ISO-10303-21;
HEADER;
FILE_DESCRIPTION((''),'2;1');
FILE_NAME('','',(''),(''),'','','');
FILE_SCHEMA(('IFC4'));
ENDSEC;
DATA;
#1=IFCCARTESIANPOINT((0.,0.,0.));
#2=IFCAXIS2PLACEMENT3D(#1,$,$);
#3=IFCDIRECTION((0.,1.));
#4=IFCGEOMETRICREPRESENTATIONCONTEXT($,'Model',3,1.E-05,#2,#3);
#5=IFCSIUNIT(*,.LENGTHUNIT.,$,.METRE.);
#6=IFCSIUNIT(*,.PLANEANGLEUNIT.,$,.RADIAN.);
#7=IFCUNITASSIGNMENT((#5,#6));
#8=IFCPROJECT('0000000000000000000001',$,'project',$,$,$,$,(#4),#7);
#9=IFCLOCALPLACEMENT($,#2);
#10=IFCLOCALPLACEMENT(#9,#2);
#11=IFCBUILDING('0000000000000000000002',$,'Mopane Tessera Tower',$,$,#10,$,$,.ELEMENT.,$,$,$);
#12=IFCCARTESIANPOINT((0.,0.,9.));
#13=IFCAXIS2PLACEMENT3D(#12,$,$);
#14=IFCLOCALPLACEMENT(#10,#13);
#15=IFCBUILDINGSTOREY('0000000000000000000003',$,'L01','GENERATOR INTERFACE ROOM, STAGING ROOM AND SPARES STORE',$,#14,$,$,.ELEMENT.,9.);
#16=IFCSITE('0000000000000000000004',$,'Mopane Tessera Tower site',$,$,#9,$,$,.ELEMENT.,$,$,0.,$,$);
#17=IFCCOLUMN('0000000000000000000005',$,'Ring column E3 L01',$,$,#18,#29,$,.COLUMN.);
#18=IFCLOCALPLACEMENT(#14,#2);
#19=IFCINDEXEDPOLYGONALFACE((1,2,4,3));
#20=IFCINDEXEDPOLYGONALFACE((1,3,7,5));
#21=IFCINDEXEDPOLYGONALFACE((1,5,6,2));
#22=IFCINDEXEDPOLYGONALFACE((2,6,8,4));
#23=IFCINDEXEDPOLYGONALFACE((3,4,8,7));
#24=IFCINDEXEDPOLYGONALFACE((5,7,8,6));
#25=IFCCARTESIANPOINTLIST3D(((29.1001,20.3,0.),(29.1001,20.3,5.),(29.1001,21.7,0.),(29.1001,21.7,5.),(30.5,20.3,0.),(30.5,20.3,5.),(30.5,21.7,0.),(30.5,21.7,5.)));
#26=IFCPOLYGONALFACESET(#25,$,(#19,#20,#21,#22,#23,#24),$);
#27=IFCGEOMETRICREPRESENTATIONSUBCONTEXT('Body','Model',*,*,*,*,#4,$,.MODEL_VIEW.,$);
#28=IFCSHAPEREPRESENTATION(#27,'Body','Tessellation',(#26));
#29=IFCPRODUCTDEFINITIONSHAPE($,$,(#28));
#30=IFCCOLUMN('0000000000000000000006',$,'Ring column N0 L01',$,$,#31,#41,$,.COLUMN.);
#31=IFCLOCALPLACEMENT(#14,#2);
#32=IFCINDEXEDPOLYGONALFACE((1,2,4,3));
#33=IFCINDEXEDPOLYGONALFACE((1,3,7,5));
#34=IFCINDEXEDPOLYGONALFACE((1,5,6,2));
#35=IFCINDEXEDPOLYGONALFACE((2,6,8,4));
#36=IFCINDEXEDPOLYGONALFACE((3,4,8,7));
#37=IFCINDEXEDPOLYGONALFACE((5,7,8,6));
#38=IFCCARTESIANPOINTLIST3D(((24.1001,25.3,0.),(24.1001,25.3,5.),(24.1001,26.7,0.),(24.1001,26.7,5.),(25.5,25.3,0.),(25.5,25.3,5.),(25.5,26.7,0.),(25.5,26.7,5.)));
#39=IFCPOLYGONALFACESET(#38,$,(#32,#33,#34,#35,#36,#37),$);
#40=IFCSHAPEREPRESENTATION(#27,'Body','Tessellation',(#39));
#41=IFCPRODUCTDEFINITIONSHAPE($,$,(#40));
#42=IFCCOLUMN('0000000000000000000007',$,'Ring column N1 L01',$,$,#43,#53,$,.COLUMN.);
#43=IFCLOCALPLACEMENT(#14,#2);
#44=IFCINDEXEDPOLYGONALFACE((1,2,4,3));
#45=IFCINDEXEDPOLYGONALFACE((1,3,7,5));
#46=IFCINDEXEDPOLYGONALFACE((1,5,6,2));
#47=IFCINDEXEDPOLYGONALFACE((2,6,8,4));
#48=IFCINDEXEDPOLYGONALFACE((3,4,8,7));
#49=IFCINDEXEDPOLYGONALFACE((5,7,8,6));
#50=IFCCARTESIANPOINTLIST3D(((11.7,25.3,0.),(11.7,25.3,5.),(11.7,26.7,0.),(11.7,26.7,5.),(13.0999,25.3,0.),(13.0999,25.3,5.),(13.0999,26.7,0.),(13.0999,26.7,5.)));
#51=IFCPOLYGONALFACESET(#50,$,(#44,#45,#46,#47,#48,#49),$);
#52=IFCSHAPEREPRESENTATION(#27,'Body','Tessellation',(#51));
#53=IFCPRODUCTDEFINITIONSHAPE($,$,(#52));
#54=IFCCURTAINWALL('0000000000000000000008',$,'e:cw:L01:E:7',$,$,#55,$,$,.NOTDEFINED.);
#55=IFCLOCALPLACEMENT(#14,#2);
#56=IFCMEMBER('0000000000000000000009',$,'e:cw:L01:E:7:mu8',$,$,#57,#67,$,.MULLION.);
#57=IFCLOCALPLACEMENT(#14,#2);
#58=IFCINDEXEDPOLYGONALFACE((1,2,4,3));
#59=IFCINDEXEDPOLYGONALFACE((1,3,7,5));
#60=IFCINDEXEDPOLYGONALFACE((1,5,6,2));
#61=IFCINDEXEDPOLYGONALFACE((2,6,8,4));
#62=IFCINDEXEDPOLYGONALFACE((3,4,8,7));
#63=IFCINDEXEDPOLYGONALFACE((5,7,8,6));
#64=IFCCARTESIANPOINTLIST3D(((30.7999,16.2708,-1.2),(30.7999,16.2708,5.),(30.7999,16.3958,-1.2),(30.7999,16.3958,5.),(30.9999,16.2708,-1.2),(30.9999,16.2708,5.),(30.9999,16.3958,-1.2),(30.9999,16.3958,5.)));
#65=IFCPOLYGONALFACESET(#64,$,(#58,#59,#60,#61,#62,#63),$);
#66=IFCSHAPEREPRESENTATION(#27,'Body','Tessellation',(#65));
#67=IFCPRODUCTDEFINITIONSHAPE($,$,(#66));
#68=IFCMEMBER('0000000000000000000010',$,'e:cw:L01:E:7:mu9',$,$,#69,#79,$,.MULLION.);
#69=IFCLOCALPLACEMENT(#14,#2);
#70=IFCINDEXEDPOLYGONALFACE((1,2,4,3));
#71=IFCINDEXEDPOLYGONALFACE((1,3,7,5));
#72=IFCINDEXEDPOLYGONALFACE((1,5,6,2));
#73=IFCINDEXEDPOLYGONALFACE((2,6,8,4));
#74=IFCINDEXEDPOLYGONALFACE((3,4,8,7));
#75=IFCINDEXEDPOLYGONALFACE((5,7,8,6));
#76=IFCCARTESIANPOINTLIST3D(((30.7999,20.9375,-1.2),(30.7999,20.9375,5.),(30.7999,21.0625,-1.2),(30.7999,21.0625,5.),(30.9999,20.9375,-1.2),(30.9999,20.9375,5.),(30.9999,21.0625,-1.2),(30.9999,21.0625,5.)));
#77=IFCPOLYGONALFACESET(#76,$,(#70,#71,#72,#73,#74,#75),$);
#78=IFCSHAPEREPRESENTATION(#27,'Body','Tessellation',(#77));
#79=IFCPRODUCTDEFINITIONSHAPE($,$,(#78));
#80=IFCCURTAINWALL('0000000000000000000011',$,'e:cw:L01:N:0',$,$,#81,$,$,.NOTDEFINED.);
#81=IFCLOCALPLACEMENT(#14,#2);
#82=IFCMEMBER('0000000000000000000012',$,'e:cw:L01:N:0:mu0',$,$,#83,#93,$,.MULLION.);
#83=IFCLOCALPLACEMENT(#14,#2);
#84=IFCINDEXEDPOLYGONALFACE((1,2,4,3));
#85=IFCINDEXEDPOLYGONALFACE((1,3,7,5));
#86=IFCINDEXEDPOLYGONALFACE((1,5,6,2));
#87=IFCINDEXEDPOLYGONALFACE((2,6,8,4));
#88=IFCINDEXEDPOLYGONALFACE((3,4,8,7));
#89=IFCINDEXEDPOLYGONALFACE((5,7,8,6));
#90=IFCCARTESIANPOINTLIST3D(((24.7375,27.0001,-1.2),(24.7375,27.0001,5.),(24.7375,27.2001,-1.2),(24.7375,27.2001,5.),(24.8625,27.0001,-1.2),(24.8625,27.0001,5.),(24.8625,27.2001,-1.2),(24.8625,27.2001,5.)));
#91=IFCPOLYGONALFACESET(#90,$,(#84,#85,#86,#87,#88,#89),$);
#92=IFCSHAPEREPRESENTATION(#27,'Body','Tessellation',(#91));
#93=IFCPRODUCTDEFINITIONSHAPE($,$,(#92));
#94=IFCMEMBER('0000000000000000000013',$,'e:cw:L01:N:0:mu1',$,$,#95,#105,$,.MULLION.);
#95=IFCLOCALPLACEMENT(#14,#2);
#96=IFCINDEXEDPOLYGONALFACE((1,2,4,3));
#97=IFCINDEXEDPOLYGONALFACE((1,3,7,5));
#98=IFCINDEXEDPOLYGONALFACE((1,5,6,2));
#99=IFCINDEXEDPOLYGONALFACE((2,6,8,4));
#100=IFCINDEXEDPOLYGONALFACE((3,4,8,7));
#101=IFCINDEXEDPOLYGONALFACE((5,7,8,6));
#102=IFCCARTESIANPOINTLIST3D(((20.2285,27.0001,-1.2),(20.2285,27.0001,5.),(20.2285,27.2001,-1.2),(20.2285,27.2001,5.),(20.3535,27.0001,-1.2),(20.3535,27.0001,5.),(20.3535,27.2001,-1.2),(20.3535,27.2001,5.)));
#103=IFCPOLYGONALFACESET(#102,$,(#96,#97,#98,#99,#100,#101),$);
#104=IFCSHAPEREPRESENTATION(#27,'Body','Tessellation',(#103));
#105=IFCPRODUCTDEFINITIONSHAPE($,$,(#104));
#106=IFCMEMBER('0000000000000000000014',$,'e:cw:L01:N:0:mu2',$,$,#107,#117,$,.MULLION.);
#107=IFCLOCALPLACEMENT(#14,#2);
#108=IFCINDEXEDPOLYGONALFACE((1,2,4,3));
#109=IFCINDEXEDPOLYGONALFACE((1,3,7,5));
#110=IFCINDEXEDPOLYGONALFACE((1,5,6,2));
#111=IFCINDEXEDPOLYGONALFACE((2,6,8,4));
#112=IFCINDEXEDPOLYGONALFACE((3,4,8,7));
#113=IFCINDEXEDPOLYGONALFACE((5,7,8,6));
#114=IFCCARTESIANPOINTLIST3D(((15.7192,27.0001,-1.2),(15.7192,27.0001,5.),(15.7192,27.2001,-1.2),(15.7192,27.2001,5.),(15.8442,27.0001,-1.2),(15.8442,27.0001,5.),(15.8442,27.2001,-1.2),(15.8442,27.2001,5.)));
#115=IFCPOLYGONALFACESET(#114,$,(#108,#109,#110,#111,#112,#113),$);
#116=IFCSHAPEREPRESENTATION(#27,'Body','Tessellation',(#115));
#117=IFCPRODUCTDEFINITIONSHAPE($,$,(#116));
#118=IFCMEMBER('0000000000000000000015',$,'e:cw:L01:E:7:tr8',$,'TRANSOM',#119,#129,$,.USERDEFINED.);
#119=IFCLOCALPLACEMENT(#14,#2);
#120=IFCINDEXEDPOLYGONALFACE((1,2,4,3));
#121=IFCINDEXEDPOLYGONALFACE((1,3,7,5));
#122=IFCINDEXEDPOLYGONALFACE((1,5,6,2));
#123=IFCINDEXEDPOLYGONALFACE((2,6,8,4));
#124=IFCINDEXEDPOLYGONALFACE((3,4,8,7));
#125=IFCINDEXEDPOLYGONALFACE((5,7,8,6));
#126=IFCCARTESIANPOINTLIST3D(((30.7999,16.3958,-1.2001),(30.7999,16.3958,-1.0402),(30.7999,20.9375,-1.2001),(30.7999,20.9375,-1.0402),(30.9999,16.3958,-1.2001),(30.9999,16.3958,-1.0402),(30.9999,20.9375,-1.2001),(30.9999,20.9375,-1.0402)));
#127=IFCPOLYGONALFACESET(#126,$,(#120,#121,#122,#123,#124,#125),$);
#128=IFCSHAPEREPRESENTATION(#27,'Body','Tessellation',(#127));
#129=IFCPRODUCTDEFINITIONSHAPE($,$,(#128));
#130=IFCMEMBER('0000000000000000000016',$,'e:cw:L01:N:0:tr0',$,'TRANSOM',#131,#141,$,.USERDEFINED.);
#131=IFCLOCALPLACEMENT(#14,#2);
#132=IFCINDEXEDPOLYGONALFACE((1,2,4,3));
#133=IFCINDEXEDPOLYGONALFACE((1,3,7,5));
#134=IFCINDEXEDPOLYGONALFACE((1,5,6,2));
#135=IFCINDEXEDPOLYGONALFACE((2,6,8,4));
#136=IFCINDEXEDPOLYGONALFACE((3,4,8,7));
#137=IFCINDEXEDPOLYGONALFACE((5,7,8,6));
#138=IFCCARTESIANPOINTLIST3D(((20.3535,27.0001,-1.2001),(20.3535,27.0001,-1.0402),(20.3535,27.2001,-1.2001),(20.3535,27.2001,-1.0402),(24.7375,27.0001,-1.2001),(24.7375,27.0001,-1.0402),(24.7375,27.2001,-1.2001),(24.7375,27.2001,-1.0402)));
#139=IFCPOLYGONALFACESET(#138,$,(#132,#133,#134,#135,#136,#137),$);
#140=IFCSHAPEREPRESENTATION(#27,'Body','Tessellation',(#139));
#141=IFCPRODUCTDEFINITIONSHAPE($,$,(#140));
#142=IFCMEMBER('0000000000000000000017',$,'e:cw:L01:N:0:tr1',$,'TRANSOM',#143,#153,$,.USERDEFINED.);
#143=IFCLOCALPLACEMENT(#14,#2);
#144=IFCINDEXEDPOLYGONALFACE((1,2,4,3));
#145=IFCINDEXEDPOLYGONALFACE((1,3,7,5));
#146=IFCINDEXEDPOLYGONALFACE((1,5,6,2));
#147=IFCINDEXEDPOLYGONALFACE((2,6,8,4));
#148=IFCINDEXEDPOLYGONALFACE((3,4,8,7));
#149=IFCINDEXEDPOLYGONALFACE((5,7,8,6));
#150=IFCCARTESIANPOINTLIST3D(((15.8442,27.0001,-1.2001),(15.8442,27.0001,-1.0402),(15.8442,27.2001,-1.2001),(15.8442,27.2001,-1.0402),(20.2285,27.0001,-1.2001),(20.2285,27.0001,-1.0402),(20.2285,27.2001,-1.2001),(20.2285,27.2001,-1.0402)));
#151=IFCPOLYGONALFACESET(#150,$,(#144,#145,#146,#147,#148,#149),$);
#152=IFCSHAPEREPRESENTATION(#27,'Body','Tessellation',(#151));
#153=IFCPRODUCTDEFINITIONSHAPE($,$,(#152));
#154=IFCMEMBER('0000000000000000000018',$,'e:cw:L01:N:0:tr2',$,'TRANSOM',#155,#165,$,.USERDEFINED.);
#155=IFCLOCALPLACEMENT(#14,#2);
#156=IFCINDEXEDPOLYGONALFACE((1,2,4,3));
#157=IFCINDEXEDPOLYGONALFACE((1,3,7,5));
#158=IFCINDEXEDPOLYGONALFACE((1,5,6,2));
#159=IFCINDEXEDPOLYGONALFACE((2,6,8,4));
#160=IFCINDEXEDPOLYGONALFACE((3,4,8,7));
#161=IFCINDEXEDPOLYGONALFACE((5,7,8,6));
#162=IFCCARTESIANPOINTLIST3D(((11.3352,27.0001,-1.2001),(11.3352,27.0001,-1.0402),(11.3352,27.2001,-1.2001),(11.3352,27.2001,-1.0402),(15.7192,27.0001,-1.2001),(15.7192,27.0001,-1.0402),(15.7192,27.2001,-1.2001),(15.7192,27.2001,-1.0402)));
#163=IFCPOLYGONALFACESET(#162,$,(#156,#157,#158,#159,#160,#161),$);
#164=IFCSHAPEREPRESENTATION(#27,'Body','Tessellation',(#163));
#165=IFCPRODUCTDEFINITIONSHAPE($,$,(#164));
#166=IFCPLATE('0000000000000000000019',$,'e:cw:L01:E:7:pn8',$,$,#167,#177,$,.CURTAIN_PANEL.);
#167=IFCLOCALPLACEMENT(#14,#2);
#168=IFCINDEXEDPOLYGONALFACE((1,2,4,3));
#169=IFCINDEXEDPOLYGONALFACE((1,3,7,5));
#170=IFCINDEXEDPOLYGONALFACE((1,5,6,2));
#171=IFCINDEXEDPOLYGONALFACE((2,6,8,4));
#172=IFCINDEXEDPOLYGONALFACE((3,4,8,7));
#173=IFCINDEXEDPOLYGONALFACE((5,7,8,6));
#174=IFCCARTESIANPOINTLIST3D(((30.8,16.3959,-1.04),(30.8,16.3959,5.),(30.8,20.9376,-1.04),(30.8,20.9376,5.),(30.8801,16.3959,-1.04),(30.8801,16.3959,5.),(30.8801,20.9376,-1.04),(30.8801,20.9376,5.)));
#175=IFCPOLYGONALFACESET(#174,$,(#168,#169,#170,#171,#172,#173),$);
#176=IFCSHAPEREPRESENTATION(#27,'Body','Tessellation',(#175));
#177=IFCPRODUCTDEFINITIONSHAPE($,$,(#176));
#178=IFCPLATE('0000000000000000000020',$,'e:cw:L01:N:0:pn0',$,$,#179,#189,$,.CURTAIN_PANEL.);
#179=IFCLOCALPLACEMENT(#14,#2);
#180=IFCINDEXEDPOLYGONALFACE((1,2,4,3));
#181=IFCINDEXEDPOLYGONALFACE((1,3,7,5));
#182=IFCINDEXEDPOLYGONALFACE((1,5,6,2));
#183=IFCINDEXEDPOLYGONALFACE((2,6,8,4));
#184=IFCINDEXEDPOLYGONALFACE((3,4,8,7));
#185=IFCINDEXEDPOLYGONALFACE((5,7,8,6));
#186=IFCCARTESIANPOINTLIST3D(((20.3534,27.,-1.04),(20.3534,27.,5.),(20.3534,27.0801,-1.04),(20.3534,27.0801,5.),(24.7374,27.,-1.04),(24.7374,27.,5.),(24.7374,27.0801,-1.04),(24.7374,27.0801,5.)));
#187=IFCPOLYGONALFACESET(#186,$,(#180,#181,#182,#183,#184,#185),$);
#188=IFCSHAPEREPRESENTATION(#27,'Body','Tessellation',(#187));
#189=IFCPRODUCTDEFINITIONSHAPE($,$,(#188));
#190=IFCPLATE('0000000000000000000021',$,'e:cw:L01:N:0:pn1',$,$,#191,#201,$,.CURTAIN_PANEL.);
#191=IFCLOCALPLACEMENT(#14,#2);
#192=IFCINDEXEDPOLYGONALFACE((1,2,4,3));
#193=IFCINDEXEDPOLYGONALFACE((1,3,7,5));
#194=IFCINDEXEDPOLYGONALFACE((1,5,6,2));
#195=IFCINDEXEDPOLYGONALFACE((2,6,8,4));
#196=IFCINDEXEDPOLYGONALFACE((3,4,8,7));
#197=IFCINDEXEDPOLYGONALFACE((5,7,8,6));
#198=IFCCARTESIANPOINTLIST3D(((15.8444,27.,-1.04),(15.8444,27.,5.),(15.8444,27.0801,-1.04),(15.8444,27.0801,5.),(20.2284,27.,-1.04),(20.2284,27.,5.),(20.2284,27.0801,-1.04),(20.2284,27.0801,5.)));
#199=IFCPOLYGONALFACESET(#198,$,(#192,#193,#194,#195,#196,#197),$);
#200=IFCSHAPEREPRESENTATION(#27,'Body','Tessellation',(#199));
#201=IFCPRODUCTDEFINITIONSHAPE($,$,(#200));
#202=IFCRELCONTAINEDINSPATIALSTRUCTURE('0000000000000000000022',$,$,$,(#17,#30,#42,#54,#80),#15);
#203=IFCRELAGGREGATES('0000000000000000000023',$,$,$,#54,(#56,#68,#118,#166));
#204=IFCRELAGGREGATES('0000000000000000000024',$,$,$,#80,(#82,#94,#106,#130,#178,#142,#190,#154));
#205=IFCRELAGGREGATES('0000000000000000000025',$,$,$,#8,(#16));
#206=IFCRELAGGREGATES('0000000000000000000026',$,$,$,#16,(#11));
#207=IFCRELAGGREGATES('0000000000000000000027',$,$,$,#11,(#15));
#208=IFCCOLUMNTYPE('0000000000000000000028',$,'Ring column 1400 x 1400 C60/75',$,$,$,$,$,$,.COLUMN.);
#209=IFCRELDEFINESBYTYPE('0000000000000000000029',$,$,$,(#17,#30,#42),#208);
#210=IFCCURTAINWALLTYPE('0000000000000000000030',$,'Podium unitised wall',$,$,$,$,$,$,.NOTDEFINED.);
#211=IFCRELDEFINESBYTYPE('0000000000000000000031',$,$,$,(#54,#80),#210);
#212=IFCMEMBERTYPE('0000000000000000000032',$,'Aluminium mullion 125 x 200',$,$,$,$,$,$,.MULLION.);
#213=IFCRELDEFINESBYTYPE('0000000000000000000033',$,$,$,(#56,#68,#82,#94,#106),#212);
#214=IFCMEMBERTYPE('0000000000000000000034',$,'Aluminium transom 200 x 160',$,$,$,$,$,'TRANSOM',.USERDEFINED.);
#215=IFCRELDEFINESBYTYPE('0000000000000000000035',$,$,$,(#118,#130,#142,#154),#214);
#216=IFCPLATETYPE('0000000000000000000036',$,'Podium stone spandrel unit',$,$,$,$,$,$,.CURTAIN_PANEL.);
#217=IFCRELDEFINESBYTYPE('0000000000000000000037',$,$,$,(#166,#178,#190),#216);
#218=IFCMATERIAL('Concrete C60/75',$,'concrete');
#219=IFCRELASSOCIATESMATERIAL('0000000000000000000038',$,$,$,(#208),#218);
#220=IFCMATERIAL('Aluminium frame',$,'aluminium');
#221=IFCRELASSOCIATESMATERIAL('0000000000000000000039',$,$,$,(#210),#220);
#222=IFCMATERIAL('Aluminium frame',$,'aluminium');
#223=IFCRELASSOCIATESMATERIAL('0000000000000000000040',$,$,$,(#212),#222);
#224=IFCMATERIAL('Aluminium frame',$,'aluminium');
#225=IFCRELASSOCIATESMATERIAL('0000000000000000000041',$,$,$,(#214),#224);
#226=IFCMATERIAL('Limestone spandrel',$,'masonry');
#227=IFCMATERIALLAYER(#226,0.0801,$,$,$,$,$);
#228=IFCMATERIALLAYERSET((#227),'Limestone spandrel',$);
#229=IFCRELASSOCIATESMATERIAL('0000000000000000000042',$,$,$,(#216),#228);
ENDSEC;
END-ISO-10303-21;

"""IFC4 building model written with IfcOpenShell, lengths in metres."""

from ifc_helpers import new_model, si_unit, direction, frame, origin, origin_2d, place, context, subcontext, project, spatial, rectangle, extrude, material, layer, layer_set, material_profile, profile_set, type_object, element, aggregate, save


model = new_model("IFC4")

# Units and contexts
model_context = context("Model", 3, precision=1e-05, world=origin(), true_north=direction((0.0, 1.0)))
body_context = subcontext(model_context, "Body", "Model", "MODEL_VIEW")
ifc_project = project(units=[si_unit("LENGTHUNIT", "METRE"), si_unit("PLANEANGLEUNIT", "RADIAN")], contexts=[model_context])

# Site, building, storey
site_placement = place(None, origin())
site = spatial("IfcSite", under=ifc_project, at=site_placement, Name="Mopane Tessera Tower site", CompositionType="ELEMENT", RefElevation=0.0)
building_placement = place(site_placement, origin())
building = spatial("IfcBuilding", under=site, at=building_placement, Name="Mopane Tessera Tower", CompositionType="ELEMENT")
storey_placement = place(building_placement, frame((0.0, 0.0, 9.0)))
storey = spatial("IfcBuildingStorey", under=building, at=storey_placement, Name="L01", Description="GENERATOR INTERFACE ROOM, STAGING ROOM AND SPARES STORE", CompositionType="ELEMENT", Elevation=9.0)

# Columns
ifc_material_1 = material(Name="Concrete C60/75", Category="concrete")
ifc_material_profile_1 = material_profile(ifc_material_1, rectangle(XDim=1.3999, YDim=1.3999, at=origin_2d()))
ifc_profile_set_1 = profile_set([ifc_material_profile_1], Name="Concrete C60/75")
column_type = type_object("IfcColumnType", Name="Ring column 1400 x 1400 C60/75", PredefinedType="COLUMN", material=ifc_profile_set_1)
for number, where, z_axis, x_axis, name in (
    (1, (29.8, 21.0, 0.0), (0.0, 0.0, 1.0), (1.0, 0.0, 0.0), "Ring column E3 L01"),
    (2, (24.8, 26.0, 0.0), (0.0, 0.0, 1.0), (1.0, 0.0, 0.0), "Ring column N0 L01"),
    (3, (12.3999, 26.0, 0.0), (0.0, 0.0, 1.0), (1.0, 0.0, 0.0), "Ring column N1 L01"),
):
    element("IfcColumn", number, at=place(storey_placement, frame(where, z_axis=z_axis, x_axis=x_axis)), inside=storey, type_object=column_type, Name=name, PredefinedType="COLUMN", context=body_context, shape_type="SweptSolid", body=[
        extrude(rectangle(XDim=1.3999, YDim=1.3999, at=origin_2d()), origin(), (0.0, 0.0, 1.0), 5.0),
    ])

# Curtain walls, members
ifc_material_2 = material(Name="Aluminium frame", Category="aluminium")
curtain_wall_type = type_object("IfcCurtainWallType", Name="Podium unitised wall", PredefinedType="NOTDEFINED", material=ifc_material_2)
curtain_wall_1_placement = place(storey_placement, origin())
curtain_wall_1 = element("IfcCurtainWall", 4, at=curtain_wall_1_placement, inside=storey, type_object=curtain_wall_type, Name="e:cw:L01:E:7", PredefinedType="NOTDEFINED")
ifc_material_3 = material(Name="Aluminium frame", Category="aluminium")
ifc_material_profile_2 = material_profile(ifc_material_3, rectangle(XDim=0.125, YDim=0.2, at=origin_2d()))
ifc_profile_set_2 = profile_set([ifc_material_profile_2], Name="Aluminium frame")
member_type_1 = type_object("IfcMemberType", Name="Aluminium mullion 125 x 200", PredefinedType="MULLION", material=ifc_profile_set_2)
member_1_placement = place(storey_placement, frame((30.8999, 16.3333, -1.2), z_axis=(0.0, 0.0, 1.0), x_axis=(0.0, 1.0, 0.0)))
member_1 = element("IfcMember", 5, at=member_1_placement, type_object=member_type_1, Name="e:cw:L01:E:7:mu8", PredefinedType="MULLION", context=body_context, shape_type="SweptSolid", body=[
    extrude(rectangle(XDim=0.125, YDim=0.2, at=origin_2d()), origin(), (0.0, 0.0, 1.0), 6.2),
])
member_2_placement = place(storey_placement, frame((30.8999, 21.0, -1.2), z_axis=(0.0, 0.0, 1.0), x_axis=(0.0, 1.0, 0.0)))
member_2 = element("IfcMember", 6, at=member_2_placement, type_object=member_type_1, Name="e:cw:L01:E:7:mu9", PredefinedType="MULLION", context=body_context, shape_type="SweptSolid", body=[
    extrude(rectangle(XDim=0.125, YDim=0.2, at=origin_2d()), origin(), (0.0, 0.0, 1.0), 6.2),
])
curtain_wall_2_placement = place(storey_placement, origin())
curtain_wall_2 = element("IfcCurtainWall", 7, at=curtain_wall_2_placement, inside=storey, type_object=curtain_wall_type, Name="e:cw:L01:N:0", PredefinedType="NOTDEFINED")
member_3_placement = place(storey_placement, frame((24.8, 27.1001, -1.2), z_axis=(0.0, 0.0, 1.0), x_axis=(-1.0, 0.0, 0.0)))
member_3 = element("IfcMember", 8, at=member_3_placement, type_object=member_type_1, Name="e:cw:L01:N:0:mu0", PredefinedType="MULLION", context=body_context, shape_type="SweptSolid", body=[
    extrude(rectangle(XDim=0.125, YDim=0.2, at=origin_2d()), origin(), (0.0, 0.0, 1.0), 6.2),
])
member_4_placement = place(storey_placement, frame((20.291, 27.1001, -1.2), z_axis=(0.0, 0.0, 1.0), x_axis=(-1.0, 0.0, 0.0)))
member_4 = element("IfcMember", 9, at=member_4_placement, type_object=member_type_1, Name="e:cw:L01:N:0:mu1", PredefinedType="MULLION", context=body_context, shape_type="SweptSolid", body=[
    extrude(rectangle(XDim=0.125, YDim=0.2, at=origin_2d()), origin(), (0.0, 0.0, 1.0), 6.2),
])
member_5_placement = place(storey_placement, frame((15.7817, 27.1001, -1.2), z_axis=(0.0, 0.0, 1.0), x_axis=(-1.0, 0.0, 0.0)))
member_5 = element("IfcMember", 10, at=member_5_placement, type_object=member_type_1, Name="e:cw:L01:N:0:mu2", PredefinedType="MULLION", context=body_context, shape_type="SweptSolid", body=[
    extrude(rectangle(XDim=0.125, YDim=0.2, at=origin_2d()), origin(), (0.0, 0.0, 1.0), 6.2),
])

# Members
ifc_material_4 = material(Name="Aluminium frame", Category="aluminium")
ifc_material_profile_3 = material_profile(ifc_material_4, rectangle(XDim=0.2, YDim=0.1599, at=origin_2d()))
ifc_profile_set_3 = profile_set([ifc_material_profile_3], Name="Aluminium frame")
member_type_2 = type_object("IfcMemberType", Name="Aluminium transom 200 x 160", ElementType="TRANSOM", PredefinedType="USERDEFINED", material=ifc_profile_set_3)
member_6_placement = place(storey_placement, frame((30.8999, 16.3958, -1.1201), z_axis=(0.0, 1.0, 0.0), x_axis=(-1.0, 0.0, 0.0)))
member_6 = element("IfcMember", 11, at=member_6_placement, type_object=member_type_2, Name="e:cw:L01:E:7:tr8", ObjectType="TRANSOM", PredefinedType="USERDEFINED", context=body_context, shape_type="SweptSolid", body=[
    extrude(rectangle(XDim=0.2, YDim=0.1599, at=origin_2d()), origin(), (0.0, 0.0, 1.0), 4.5417),
])
member_7_placement = place(storey_placement, frame((24.7375, 27.1001, -1.1201), z_axis=(-1.0, 0.0, 0.0), x_axis=(0.0, -1.0, 0.0)))
member_7 = element("IfcMember", 12, at=member_7_placement, type_object=member_type_2, Name="e:cw:L01:N:0:tr0", ObjectType="TRANSOM", PredefinedType="USERDEFINED", context=body_context, shape_type="SweptSolid", body=[
    extrude(rectangle(XDim=0.2, YDim=0.1599, at=origin_2d()), origin(), (0.0, 0.0, 1.0), 4.384),
])
member_8_placement = place(storey_placement, frame((20.2285, 27.1001, -1.1201), z_axis=(-1.0, 0.0, 0.0), x_axis=(0.0, -1.0, 0.0)))
member_8 = element("IfcMember", 13, at=member_8_placement, type_object=member_type_2, Name="e:cw:L01:N:0:tr1", ObjectType="TRANSOM", PredefinedType="USERDEFINED", context=body_context, shape_type="SweptSolid", body=[
    extrude(rectangle(XDim=0.2, YDim=0.1599, at=origin_2d()), origin(), (0.0, 0.0, 1.0), 4.3843),
])
member_9_placement = place(storey_placement, frame((15.7192, 27.1001, -1.1201), z_axis=(-1.0, 0.0, 0.0), x_axis=(0.0, -1.0, 0.0)))
member_9 = element("IfcMember", 14, at=member_9_placement, type_object=member_type_2, Name="e:cw:L01:N:0:tr2", ObjectType="TRANSOM", PredefinedType="USERDEFINED", context=body_context, shape_type="SweptSolid", body=[
    extrude(rectangle(XDim=0.2, YDim=0.1599, at=origin_2d()), origin(), (0.0, 0.0, 1.0), 4.384),
])

# Plates
ifc_material_5 = material(Name="Limestone spandrel", Category="masonry")
ifc_layer_1 = layer(ifc_material_5, 0.0801)
ifc_layer_set_1 = layer_set([ifc_layer_1], Name="Limestone spandrel")
plate_type = type_object("IfcPlateType", Name="Podium stone spandrel unit", PredefinedType="CURTAIN_PANEL", material=ifc_layer_set_1)
plate_1_placement = place(storey_placement, frame((30.8401, 18.6667, -1.04), z_axis=(0.0, 0.0, 1.0), x_axis=(0.0, 1.0, 0.0)))
plate_1 = element("IfcPlate", 15, at=plate_1_placement, type_object=plate_type, Name="e:cw:L01:E:7:pn8", PredefinedType="CURTAIN_PANEL", context=body_context, shape_type="SweptSolid", body=[
    extrude(rectangle(XDim=4.5417, YDim=0.0801, at=origin_2d()), origin(), (0.0, 0.0, 1.0), 6.04),
])
aggregate(curtain_wall_1, [member_1, member_2, member_6, plate_1])
plate_2_placement = place(storey_placement, frame((22.5454, 27.04, -1.04), z_axis=(0.0, 0.0, 1.0), x_axis=(-1.0, 0.0, 0.0)))
plate_2 = element("IfcPlate", 16, at=plate_2_placement, type_object=plate_type, Name="e:cw:L01:N:0:pn0", PredefinedType="CURTAIN_PANEL", context=body_context, shape_type="SweptSolid", body=[
    extrude(rectangle(XDim=4.384, YDim=0.0801, at=origin_2d()), origin(), (0.0, 0.0, 1.0), 6.04),
])
plate_3_placement = place(storey_placement, frame((18.0364, 27.04, -1.04), z_axis=(0.0, 0.0, 1.0), x_axis=(-1.0, 0.0, 0.0)))
plate_3 = element("IfcPlate", 17, at=plate_3_placement, type_object=plate_type, Name="e:cw:L01:N:0:pn1", PredefinedType="CURTAIN_PANEL", context=body_context, shape_type="SweptSolid", body=[
    extrude(rectangle(XDim=4.384, YDim=0.0801, at=origin_2d()), origin(), (0.0, 0.0, 1.0), 6.04),
])
aggregate(curtain_wall_2, [member_3, member_4, member_5, member_7, plate_2, member_8, plate_3, member_9])

save(model, "model.ifc")
